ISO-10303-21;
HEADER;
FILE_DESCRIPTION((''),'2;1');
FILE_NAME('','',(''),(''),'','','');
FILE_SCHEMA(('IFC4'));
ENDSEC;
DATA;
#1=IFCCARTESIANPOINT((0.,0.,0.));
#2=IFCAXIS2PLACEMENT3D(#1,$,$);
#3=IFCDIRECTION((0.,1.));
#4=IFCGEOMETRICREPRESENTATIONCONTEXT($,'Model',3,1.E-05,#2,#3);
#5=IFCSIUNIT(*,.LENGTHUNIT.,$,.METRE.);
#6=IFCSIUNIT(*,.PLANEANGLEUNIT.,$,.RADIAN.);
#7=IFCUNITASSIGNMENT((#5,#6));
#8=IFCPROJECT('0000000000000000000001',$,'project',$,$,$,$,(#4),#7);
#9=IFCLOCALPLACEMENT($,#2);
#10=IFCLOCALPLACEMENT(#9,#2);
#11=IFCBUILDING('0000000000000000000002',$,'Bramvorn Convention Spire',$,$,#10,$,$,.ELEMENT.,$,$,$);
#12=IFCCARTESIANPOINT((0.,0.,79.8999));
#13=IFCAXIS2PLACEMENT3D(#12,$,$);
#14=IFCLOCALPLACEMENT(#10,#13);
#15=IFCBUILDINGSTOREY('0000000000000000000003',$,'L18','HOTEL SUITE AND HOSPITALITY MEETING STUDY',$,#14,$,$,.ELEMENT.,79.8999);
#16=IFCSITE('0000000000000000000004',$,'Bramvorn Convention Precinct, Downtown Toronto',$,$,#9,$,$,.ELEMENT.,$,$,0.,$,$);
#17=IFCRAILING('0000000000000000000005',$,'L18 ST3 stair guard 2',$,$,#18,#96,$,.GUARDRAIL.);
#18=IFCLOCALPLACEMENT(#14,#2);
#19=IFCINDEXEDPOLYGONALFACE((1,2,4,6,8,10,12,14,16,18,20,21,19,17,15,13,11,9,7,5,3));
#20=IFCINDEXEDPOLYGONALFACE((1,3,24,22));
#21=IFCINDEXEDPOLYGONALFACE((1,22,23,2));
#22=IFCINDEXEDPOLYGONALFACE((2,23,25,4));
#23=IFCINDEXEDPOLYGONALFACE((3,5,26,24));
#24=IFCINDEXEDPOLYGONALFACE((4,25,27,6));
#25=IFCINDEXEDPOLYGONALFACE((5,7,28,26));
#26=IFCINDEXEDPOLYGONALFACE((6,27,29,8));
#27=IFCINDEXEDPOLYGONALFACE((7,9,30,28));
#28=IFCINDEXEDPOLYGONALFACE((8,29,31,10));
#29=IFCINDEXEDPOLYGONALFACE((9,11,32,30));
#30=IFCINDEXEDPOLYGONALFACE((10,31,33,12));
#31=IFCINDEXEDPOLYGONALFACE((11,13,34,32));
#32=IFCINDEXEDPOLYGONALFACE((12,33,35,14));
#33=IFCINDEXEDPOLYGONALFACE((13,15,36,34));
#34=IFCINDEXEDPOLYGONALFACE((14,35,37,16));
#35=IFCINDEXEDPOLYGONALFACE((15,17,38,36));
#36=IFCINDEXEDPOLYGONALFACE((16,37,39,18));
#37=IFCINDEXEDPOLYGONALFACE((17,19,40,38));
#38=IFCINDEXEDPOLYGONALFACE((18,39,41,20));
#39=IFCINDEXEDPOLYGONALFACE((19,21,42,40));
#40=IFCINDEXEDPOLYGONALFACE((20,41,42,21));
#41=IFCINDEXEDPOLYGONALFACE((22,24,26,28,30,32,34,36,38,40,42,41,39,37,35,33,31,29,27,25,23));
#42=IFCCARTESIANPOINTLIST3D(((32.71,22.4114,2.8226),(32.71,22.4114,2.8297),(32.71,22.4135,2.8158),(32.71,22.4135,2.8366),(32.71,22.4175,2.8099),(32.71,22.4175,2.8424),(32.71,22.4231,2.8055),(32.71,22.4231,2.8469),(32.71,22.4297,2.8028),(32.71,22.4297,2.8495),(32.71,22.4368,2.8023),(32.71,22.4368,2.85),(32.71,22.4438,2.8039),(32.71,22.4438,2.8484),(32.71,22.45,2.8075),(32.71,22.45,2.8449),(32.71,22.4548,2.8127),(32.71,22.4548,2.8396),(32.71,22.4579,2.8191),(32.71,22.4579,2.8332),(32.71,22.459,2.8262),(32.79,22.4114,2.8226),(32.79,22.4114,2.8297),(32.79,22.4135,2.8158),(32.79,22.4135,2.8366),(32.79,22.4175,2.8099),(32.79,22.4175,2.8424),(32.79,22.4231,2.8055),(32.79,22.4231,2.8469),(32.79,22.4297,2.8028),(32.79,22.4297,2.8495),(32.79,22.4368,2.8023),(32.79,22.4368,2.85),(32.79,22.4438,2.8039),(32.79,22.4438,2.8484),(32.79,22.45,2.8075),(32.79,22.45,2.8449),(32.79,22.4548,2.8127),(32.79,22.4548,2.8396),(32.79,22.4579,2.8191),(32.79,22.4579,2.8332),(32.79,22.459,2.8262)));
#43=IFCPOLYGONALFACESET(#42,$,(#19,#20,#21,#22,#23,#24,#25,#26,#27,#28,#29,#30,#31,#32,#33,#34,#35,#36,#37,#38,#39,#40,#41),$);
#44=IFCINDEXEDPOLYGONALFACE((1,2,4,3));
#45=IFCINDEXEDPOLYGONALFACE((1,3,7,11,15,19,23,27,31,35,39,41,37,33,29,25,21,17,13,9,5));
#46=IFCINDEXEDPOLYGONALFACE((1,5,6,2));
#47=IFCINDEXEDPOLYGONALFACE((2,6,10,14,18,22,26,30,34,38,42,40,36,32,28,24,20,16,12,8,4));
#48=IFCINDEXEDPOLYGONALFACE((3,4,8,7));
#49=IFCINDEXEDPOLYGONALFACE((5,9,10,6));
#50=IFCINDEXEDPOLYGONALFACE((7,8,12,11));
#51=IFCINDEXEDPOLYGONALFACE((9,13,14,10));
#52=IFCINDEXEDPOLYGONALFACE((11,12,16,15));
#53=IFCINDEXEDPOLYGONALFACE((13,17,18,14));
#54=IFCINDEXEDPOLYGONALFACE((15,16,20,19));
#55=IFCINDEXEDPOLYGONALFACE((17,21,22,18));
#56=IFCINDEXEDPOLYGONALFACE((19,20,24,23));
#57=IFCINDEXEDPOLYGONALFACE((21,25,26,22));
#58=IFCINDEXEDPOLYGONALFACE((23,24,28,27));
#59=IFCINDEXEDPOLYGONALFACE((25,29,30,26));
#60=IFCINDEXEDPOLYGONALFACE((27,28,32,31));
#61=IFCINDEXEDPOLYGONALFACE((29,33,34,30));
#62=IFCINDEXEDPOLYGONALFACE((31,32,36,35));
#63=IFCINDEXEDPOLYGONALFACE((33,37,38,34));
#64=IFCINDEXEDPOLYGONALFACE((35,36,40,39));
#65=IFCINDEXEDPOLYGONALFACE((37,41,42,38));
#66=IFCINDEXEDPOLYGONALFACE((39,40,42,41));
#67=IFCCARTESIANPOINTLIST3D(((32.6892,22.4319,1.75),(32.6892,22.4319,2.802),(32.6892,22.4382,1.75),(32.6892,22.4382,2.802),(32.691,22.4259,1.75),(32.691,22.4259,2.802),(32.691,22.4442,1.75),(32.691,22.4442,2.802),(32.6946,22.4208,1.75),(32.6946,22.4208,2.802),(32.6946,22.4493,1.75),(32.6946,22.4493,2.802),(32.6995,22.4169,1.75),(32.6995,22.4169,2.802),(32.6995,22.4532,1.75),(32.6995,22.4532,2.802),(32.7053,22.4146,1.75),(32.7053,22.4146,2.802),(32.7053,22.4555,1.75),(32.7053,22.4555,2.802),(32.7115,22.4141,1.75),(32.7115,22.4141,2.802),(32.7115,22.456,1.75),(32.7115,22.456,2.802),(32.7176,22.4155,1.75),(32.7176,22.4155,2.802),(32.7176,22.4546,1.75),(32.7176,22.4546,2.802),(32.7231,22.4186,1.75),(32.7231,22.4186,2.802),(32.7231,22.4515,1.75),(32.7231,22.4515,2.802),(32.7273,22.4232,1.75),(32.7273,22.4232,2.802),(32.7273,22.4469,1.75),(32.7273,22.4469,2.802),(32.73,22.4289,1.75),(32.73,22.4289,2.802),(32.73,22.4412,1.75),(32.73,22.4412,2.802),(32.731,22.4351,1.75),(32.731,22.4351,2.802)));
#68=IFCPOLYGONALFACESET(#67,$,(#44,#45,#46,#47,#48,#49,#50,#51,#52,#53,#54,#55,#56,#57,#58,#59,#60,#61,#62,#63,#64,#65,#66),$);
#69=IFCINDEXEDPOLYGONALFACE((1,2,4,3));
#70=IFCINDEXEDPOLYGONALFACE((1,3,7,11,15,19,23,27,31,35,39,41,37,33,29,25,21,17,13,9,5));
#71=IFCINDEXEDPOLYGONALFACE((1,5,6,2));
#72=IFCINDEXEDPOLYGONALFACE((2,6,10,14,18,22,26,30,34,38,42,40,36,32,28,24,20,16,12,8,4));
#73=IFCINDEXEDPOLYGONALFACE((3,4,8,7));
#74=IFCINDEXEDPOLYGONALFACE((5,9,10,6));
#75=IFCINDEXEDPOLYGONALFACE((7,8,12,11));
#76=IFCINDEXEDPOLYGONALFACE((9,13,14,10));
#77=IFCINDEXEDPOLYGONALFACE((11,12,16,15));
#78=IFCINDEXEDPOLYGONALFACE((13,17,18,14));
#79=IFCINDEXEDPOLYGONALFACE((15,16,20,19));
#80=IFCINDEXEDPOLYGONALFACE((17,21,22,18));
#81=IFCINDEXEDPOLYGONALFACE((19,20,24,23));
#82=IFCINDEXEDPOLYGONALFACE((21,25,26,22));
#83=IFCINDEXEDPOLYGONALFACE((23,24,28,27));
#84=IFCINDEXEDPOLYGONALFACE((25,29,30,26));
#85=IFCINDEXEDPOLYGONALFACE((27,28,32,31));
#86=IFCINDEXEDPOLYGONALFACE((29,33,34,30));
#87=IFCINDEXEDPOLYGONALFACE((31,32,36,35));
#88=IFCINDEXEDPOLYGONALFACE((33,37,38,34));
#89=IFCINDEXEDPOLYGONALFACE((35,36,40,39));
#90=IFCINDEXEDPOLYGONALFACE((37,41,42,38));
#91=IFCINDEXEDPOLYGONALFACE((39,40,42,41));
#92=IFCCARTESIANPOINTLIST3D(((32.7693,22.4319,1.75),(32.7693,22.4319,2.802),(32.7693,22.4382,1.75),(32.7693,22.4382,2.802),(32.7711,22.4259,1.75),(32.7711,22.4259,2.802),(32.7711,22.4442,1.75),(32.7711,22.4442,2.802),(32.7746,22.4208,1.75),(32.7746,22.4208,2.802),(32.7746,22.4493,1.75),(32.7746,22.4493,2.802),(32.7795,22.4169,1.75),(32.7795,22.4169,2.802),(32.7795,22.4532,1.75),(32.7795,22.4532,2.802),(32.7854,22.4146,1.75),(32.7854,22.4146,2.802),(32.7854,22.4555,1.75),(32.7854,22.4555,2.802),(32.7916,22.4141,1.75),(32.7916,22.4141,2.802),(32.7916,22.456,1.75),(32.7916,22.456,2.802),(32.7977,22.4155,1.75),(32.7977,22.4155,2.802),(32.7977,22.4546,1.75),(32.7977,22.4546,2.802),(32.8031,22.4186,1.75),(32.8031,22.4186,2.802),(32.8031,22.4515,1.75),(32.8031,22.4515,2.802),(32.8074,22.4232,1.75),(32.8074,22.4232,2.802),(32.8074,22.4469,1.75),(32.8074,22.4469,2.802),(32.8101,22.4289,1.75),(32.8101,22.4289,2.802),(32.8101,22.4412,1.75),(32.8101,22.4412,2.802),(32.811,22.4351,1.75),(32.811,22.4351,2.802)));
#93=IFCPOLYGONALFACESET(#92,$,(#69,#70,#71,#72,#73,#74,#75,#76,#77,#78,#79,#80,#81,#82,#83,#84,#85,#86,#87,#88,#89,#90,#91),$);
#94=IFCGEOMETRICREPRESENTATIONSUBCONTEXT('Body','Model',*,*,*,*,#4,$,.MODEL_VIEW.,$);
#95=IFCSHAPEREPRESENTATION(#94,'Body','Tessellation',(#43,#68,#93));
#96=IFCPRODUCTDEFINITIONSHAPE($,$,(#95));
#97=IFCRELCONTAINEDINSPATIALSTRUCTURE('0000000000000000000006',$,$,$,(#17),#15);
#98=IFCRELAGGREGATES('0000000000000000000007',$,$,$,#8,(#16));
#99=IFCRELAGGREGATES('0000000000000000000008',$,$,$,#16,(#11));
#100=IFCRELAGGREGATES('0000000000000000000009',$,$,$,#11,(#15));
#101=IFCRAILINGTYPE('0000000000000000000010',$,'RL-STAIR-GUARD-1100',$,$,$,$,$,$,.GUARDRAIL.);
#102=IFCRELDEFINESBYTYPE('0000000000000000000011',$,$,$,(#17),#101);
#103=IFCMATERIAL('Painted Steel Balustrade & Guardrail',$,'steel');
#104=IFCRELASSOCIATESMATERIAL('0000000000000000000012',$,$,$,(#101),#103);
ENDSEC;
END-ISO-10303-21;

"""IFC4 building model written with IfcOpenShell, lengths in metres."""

from ifc_helpers import new_model, si_unit, direction, frame, origin, origin_2d, place, context, subcontext, project, spatial, circle, extrude, material, type_object, element, save


model = new_model("IFC4")

# Units and contexts
model_context = context("Model", 3, precision=1e-05, world=origin(), true_north=direction((0.0, 1.0)))
body_context = subcontext(model_context, "Body", "Model", "MODEL_VIEW")
ifc_project = project(units=[si_unit("LENGTHUNIT", "METRE"), si_unit("PLANEANGLEUNIT", "RADIAN")], contexts=[model_context])

# Site, building, storey
site_placement = place(None, origin())
site = spatial("IfcSite", under=ifc_project, at=site_placement, Name="Bramvorn Convention Precinct, Downtown Toronto", CompositionType="ELEMENT", RefElevation=0.0)
building_placement = place(site_placement, origin())
building = spatial("IfcBuilding", under=site, at=building_placement, Name="Bramvorn Convention Spire", CompositionType="ELEMENT")
storey_placement = place(building_placement, frame((0.0, 0.0, 79.8999)))
storey = spatial("IfcBuildingStorey", under=building, at=storey_placement, Name="L18", Description="HOTEL SUITE AND HOSPITALITY MEETING STUDY", CompositionType="ELEMENT", Elevation=79.8999)

# Railing
ifc_material_1 = material(Name="Painted Steel Balustrade & Guardrail", Category="steel")
railing_type_1 = type_object("IfcRailingType", Name="RL-STAIR-GUARD-1100", PredefinedType="GUARDRAIL", material=ifc_material_1)
railing_1_placement = place(storey_placement, frame((32.71, 22.4351, 1.75)))
element("IfcRailing", 1, at=railing_1_placement, inside=storey, type_object=railing_type_1, Name="L18 ST3 stair guard 2", PredefinedType="GUARDRAIL", context=body_context, shape_type="SweptSolid", body=[
    extrude(circle(Radius=0.0239, at=origin_2d()), frame((0.0, 0.0, 1.0762), z_axis=(1.0, 0.0, 0.0), x_axis=(0.0, 1.0, 0.0)), (0.0, 0.0, 1.0), 0.0801),
    extrude(circle(Radius=0.021, at=origin_2d()), origin(), (0.0, 0.0, 1.0), 1.052),
    extrude(circle(Radius=0.021, at=origin_2d()), frame((0.0801, 0.0, 0.0)), (0.0, 0.0, 1.0), 1.052),
])

save(model, "model.ifc")
